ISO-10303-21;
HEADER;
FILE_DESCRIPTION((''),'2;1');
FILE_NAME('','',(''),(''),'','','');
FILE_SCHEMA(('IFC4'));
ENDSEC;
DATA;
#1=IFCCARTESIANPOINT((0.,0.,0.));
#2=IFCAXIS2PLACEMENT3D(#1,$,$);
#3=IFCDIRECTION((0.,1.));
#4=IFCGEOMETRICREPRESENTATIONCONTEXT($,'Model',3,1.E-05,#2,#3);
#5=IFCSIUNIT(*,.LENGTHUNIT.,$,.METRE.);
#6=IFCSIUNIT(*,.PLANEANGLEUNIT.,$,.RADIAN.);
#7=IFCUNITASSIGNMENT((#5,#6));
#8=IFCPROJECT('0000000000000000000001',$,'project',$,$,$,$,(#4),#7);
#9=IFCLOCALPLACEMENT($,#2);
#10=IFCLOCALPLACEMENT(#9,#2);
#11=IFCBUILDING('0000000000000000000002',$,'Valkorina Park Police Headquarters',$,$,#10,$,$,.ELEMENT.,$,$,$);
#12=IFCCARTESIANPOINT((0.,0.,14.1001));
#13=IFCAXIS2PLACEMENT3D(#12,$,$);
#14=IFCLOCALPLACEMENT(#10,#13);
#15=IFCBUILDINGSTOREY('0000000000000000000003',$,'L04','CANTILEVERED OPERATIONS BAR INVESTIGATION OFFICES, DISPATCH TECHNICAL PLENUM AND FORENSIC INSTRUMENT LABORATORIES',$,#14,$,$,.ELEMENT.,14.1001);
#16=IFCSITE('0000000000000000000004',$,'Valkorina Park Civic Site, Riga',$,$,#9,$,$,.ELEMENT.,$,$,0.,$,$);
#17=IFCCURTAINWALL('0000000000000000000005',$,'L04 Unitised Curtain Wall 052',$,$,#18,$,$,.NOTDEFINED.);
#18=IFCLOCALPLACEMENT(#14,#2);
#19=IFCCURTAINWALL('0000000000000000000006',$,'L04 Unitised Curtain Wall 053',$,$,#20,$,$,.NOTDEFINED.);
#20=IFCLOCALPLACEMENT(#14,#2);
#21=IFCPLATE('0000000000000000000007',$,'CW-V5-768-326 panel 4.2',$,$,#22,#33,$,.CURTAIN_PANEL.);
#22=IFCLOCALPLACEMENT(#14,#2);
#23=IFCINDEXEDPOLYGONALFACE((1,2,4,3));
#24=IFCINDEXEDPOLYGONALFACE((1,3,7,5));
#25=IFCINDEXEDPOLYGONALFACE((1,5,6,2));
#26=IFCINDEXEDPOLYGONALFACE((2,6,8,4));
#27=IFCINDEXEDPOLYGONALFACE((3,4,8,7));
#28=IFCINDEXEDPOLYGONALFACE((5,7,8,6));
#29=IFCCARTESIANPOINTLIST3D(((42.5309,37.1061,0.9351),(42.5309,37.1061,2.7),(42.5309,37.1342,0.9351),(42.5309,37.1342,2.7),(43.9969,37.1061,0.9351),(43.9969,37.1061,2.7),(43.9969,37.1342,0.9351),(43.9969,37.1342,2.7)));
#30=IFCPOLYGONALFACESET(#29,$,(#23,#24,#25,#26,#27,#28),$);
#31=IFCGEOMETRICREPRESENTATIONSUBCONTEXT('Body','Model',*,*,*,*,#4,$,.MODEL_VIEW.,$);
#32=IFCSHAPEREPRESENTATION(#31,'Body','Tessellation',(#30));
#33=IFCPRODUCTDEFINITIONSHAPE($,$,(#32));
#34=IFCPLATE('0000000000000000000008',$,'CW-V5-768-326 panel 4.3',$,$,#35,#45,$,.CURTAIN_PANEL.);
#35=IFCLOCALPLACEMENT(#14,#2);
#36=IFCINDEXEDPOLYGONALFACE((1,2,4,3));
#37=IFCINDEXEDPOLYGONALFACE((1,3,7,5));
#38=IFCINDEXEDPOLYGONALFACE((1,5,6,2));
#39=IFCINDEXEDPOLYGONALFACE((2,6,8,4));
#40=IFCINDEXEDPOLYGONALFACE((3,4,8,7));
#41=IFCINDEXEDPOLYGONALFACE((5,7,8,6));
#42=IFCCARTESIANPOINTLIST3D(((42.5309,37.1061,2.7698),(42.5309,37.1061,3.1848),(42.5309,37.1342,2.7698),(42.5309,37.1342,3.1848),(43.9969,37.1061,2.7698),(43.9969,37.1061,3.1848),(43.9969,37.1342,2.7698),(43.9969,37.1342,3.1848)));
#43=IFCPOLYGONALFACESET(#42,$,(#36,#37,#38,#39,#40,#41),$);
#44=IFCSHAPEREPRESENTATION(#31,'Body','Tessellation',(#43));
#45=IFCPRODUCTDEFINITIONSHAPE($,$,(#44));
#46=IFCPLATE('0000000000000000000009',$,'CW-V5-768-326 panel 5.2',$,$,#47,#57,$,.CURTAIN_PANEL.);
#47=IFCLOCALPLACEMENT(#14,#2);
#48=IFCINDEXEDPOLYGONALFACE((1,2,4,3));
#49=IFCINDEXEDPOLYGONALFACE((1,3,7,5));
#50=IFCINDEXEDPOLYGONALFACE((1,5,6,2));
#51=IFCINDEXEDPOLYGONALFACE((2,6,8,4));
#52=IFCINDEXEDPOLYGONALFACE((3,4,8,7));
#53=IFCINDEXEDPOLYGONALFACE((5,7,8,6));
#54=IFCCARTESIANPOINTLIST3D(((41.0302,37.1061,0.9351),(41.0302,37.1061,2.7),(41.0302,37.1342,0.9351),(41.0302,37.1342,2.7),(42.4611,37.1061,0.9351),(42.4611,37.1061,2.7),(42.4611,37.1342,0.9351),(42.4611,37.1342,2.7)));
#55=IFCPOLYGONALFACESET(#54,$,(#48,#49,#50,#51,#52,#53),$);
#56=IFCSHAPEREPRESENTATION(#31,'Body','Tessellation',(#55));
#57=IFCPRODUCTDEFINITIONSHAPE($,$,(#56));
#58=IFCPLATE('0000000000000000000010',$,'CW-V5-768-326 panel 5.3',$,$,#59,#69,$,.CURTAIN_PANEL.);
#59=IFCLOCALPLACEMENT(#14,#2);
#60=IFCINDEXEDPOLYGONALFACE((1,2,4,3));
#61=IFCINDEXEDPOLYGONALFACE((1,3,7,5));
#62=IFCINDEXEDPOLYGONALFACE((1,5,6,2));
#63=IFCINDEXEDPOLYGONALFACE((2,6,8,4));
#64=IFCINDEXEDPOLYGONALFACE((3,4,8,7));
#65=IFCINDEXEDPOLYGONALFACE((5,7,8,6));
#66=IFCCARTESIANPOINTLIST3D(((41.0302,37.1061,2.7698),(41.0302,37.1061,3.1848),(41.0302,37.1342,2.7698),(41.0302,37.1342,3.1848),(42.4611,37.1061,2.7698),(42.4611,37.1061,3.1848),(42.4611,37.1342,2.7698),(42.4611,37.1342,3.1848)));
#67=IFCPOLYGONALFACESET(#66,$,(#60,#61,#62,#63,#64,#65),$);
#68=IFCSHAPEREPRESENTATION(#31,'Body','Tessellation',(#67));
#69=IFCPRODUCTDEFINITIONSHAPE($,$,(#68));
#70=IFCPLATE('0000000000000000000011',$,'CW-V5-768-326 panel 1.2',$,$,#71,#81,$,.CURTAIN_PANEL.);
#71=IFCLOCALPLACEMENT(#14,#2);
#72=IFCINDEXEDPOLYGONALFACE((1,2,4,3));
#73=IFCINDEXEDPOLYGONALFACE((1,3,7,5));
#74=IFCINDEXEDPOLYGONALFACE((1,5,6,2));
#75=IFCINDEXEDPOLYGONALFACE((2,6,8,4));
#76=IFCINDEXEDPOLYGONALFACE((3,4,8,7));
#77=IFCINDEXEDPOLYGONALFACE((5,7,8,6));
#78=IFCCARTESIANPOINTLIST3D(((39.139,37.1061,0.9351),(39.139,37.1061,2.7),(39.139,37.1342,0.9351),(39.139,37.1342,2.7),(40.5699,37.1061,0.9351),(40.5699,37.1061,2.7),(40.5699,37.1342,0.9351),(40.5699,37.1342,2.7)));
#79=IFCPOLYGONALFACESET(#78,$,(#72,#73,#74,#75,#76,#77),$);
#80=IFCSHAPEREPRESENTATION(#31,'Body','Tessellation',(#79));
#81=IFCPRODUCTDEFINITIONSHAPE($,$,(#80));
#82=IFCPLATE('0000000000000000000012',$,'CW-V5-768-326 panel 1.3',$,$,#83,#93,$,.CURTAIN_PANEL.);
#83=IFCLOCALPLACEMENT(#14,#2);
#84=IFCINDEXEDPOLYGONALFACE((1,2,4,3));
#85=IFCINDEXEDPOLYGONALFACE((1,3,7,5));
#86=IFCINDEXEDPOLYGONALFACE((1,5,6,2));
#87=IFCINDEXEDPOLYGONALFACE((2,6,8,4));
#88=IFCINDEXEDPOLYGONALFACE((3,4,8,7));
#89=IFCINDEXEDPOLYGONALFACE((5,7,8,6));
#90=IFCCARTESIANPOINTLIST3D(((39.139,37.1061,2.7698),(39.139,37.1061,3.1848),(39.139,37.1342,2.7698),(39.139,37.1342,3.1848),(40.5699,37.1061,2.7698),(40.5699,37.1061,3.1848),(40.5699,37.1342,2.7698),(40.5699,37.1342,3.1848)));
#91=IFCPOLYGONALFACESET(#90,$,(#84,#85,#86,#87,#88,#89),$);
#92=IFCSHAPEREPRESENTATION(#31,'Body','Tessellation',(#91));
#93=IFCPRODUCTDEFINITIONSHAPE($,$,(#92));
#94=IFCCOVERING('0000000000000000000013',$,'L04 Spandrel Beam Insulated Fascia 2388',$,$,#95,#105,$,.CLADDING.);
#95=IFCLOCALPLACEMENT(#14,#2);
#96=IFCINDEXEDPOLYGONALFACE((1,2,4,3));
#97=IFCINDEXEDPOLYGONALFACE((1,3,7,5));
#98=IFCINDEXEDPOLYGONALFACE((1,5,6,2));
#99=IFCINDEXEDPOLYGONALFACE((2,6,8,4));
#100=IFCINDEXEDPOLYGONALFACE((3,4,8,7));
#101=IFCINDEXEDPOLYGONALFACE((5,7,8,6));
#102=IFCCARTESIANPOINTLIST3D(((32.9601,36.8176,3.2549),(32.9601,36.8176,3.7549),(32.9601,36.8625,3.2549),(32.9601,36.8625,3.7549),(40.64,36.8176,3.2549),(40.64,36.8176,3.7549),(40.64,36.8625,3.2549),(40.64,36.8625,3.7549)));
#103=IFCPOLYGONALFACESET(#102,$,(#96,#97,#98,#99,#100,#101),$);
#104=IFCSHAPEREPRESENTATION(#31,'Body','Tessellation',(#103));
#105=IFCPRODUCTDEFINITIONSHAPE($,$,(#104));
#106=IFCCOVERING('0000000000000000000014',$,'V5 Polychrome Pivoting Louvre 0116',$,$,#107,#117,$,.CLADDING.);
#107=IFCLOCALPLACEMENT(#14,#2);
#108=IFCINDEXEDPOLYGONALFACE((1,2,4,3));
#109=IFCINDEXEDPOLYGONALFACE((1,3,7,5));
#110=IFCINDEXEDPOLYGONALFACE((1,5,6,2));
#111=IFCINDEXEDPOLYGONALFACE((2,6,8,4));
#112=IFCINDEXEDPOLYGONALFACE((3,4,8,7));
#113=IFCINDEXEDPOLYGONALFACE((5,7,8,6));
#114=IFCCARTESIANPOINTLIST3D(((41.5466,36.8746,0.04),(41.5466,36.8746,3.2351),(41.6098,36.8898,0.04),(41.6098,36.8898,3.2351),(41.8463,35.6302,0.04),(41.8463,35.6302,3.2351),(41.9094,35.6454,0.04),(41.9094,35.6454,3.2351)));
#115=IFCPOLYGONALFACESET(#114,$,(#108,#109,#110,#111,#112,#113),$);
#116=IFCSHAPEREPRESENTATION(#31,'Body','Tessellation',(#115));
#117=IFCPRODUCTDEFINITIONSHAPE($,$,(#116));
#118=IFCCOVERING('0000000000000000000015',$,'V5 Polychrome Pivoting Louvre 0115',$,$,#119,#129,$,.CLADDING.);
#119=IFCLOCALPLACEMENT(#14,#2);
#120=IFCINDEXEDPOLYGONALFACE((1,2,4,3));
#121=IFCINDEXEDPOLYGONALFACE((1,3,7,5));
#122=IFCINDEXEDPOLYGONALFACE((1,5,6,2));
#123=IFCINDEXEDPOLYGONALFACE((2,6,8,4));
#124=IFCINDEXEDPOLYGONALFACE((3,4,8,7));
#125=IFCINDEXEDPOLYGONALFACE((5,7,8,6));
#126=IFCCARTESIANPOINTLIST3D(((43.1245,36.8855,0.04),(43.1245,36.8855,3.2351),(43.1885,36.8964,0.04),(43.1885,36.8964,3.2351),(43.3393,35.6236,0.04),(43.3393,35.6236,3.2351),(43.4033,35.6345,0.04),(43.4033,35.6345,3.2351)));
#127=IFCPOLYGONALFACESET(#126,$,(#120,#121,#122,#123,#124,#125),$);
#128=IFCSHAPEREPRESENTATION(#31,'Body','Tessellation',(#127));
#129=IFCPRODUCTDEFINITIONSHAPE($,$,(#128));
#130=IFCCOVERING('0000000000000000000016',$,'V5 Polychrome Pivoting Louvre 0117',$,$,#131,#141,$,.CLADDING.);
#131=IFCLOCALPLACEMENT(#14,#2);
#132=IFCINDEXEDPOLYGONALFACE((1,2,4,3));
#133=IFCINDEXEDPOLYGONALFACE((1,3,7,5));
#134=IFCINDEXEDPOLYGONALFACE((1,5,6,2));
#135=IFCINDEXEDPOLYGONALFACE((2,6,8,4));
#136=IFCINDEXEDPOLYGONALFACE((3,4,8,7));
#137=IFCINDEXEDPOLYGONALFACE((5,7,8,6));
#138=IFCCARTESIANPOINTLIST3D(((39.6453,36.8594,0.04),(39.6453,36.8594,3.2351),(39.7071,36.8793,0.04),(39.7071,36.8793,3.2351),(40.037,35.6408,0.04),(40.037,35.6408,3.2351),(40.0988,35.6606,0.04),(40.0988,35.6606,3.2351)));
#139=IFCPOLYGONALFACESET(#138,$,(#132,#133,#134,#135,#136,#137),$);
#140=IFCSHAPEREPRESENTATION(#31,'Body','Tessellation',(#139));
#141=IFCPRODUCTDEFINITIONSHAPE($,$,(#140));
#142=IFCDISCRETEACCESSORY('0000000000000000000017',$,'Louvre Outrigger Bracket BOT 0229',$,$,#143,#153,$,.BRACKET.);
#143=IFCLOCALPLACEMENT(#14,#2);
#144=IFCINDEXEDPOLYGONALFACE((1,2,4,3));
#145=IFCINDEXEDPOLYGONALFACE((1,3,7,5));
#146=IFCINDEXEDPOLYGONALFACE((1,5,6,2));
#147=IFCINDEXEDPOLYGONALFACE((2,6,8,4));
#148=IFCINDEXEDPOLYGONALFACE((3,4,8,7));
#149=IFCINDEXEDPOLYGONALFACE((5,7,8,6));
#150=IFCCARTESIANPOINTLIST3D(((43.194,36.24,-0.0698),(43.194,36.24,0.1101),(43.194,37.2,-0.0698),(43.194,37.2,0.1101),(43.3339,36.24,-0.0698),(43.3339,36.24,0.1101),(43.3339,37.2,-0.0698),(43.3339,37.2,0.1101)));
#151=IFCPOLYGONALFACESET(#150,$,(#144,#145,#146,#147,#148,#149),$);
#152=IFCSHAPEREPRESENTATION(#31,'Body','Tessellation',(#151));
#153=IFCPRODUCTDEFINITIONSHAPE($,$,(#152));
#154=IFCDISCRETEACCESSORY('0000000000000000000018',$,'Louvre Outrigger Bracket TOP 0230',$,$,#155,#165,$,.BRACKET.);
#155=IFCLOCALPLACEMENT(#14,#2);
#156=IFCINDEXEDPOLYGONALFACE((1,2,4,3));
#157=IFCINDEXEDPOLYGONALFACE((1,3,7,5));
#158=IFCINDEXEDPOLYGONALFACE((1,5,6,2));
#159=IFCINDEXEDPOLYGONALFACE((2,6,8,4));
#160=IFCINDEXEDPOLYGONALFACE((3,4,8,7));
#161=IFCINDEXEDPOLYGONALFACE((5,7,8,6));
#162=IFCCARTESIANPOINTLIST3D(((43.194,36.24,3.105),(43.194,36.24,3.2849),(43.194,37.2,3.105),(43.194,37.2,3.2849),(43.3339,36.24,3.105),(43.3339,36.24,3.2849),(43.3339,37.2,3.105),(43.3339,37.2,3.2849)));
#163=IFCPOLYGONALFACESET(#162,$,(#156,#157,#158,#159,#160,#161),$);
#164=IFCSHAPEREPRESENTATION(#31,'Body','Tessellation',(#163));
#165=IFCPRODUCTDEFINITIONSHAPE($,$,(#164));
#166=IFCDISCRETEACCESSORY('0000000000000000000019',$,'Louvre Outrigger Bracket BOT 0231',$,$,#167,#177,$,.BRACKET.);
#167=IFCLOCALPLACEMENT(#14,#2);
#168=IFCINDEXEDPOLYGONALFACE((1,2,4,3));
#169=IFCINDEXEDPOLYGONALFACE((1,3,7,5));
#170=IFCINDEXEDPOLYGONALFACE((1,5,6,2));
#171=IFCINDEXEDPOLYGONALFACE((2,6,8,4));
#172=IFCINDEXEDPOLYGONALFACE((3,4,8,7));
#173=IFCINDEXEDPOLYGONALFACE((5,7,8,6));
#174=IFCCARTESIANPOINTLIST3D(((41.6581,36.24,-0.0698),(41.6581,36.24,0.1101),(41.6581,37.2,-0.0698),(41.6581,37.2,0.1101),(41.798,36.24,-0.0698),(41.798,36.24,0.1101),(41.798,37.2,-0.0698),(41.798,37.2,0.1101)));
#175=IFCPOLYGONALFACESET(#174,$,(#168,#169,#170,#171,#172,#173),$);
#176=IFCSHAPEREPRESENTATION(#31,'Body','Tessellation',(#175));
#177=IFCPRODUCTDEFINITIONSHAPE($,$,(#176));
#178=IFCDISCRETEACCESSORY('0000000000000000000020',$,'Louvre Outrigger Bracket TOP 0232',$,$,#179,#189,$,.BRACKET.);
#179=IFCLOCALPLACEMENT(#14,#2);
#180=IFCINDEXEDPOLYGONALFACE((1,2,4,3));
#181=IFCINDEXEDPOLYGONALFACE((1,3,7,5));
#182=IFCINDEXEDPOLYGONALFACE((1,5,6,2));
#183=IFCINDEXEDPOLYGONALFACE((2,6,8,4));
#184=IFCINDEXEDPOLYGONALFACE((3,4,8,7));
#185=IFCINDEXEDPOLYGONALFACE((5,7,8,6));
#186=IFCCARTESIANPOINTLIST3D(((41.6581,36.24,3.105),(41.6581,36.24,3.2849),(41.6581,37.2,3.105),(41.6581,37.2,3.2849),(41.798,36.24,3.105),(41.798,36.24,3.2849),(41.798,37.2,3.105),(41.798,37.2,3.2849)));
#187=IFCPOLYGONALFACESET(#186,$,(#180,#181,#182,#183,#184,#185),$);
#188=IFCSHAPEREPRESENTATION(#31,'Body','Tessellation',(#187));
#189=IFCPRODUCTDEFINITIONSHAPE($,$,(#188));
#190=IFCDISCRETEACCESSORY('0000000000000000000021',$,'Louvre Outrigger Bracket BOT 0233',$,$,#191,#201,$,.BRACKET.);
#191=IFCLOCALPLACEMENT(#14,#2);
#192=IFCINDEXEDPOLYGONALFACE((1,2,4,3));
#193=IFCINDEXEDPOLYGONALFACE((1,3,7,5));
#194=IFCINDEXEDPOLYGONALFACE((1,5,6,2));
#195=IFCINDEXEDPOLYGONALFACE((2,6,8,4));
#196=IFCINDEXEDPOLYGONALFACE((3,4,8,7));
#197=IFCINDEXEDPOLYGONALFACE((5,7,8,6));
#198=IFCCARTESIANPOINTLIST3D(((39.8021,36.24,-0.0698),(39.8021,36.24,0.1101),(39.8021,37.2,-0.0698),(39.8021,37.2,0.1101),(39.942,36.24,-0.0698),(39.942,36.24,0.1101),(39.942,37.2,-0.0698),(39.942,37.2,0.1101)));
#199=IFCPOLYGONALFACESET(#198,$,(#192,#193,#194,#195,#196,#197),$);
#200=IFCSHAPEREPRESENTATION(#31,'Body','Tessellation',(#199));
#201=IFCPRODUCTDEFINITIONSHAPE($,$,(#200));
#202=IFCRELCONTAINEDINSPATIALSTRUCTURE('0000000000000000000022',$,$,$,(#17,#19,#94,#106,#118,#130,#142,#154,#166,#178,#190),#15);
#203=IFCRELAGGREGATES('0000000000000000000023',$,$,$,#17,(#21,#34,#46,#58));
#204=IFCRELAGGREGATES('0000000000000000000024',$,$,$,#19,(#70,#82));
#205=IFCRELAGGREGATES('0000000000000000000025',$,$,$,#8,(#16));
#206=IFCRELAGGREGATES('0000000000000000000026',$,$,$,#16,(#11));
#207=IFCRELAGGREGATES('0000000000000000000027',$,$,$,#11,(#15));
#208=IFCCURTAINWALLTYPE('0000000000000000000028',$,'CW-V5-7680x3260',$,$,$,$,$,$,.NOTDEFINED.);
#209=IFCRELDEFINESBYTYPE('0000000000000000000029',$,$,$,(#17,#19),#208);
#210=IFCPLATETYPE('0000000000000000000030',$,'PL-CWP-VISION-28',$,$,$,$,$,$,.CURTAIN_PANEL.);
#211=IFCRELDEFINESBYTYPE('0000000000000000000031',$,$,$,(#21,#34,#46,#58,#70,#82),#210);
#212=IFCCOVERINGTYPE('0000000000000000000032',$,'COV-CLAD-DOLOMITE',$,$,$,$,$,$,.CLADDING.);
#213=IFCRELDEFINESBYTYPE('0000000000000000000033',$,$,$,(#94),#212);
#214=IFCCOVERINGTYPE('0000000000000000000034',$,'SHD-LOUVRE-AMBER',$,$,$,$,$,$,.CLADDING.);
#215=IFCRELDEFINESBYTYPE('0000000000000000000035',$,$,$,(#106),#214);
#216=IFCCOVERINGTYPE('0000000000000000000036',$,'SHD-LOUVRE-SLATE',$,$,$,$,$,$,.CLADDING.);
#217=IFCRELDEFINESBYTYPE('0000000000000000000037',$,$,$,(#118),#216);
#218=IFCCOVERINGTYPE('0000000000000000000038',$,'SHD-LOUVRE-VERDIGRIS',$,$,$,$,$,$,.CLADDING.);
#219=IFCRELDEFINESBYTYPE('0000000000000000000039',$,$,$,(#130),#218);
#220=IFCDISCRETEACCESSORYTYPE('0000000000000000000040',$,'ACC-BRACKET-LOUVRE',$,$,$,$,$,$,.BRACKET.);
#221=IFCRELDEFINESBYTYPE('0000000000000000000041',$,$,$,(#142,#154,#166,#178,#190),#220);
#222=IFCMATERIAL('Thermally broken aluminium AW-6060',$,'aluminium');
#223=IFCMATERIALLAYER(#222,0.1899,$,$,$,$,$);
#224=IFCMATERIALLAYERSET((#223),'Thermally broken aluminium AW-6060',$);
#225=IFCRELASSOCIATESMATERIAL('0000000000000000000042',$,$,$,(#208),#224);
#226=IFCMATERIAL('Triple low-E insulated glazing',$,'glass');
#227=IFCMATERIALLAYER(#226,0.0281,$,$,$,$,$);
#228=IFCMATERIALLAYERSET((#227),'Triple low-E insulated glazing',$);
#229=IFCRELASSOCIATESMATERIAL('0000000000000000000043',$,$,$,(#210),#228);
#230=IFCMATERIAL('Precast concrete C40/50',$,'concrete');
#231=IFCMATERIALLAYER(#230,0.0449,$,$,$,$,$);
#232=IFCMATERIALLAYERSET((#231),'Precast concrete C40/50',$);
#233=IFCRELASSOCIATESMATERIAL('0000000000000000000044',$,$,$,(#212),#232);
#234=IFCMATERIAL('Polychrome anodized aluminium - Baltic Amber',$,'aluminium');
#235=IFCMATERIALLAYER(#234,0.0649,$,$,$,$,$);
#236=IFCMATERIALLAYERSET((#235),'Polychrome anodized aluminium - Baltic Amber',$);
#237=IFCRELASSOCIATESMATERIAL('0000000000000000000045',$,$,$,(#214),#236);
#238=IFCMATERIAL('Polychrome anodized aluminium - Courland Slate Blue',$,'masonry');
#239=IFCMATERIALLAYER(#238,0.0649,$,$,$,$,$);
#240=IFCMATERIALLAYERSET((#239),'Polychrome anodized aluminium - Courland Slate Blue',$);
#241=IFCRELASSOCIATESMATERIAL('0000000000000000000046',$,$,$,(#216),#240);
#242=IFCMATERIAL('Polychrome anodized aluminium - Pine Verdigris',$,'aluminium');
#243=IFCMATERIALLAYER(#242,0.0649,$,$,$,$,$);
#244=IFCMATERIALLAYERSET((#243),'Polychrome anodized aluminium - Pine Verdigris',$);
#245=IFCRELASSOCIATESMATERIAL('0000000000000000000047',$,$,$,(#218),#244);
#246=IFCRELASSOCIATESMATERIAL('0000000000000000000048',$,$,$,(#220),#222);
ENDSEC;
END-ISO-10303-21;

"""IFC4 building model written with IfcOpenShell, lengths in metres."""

from ifc_helpers import new_model, si_unit, direction, frame, frame_2d, origin, origin_2d, place, context, subcontext, project, spatial, rectangle, extrude, material, layer, layer_set, type_object, element, aggregate, save


model = new_model("IFC4")

# Units and contexts
model_context = context("Model", 3, precision=1e-05, world=origin(), true_north=direction((0.0, 1.0)))
body_context = subcontext(model_context, "Body", "Model", "MODEL_VIEW")
ifc_project = project(units=[si_unit("LENGTHUNIT", "METRE"), si_unit("PLANEANGLEUNIT", "RADIAN")], contexts=[model_context])

# Site, building, storey
site_placement = place(None, origin())
site = spatial("IfcSite", under=ifc_project, at=site_placement, Name="Valkorina Park Civic Site, Riga", CompositionType="ELEMENT", RefElevation=0.0)
building_placement = place(site_placement, origin())
building = spatial("IfcBuilding", under=site, at=building_placement, Name="Valkorina Park Police Headquarters", CompositionType="ELEMENT")
storey_placement = place(building_placement, frame((0.0, 0.0, 14.1001)))
storey = spatial("IfcBuildingStorey", under=building, at=storey_placement, Name="L04", Description="CANTILEVERED OPERATIONS BAR INVESTIGATION OFFICES, DISPATCH TECHNICAL PLENUM AND FORENSIC INSTRUMENT LABORATORIES", CompositionType="ELEMENT", Elevation=14.1001)

# Curtain walls
ifc_material_1 = material(Name="Thermally broken aluminium AW-6060", Category="aluminium")
ifc_layer_1 = layer(ifc_material_1, 0.1899)
ifc_layer_set_1 = layer_set([ifc_layer_1], Name="Thermally broken aluminium AW-6060")
curtain_wall_type = type_object("IfcCurtainWallType", Name="CW-V5-7680x3260", PredefinedType="NOTDEFINED", material=ifc_layer_set_1)
curtain_wall_1_placement = place(storey_placement, origin())
curtain_wall_1 = element("IfcCurtainWall", 1, at=curtain_wall_1_placement, inside=storey, type_object=curtain_wall_type, Name="L04 Unitised Curtain Wall 052", PredefinedType="NOTDEFINED")
curtain_wall_2_placement = place(storey_placement, origin())
curtain_wall_2 = element("IfcCurtainWall", 2, at=curtain_wall_2_placement, inside=storey, type_object=curtain_wall_type, Name="L04 Unitised Curtain Wall 053", PredefinedType="NOTDEFINED")

# Plates
ifc_material_2 = material(Name="Triple low-E insulated glazing", Category="glass")
ifc_layer_2 = layer(ifc_material_2, 0.0281)
ifc_layer_set_2 = layer_set([ifc_layer_2], Name="Triple low-E insulated glazing")
plate_type_1 = type_object("IfcPlateType", Name="PL-CWP-VISION-28", PredefinedType="CURTAIN_PANEL", material=ifc_layer_set_2)
plate_1_placement = place(storey_placement, frame((43.2639, 37.1201, 0.9351), z_axis=(0.0, 0.0, 1.0), x_axis=(-1.0, 0.0, 0.0)))
plate_1 = element("IfcPlate", 3, at=plate_1_placement, type_object=plate_type_1, Name="CW-V5-768-326 panel 4.2", PredefinedType="CURTAIN_PANEL", context=body_context, shape_type="SweptSolid", body=[
    extrude(rectangle(XDim=1.4661, YDim=0.0281, at=origin_2d()), origin(), (0.0, 0.0, 1.0), 1.7649),
])
plate_2_placement = place(storey_placement, frame((43.2639, 37.1201, 2.7698), z_axis=(0.0, 0.0, 1.0), x_axis=(-1.0, 0.0, 0.0)))
plate_2 = element("IfcPlate", 4, at=plate_2_placement, type_object=plate_type_1, Name="CW-V5-768-326 panel 4.3", PredefinedType="CURTAIN_PANEL", context=body_context, shape_type="SweptSolid", body=[
    extrude(rectangle(XDim=1.4661, YDim=0.0281, at=origin_2d()), origin(), (0.0, 0.0, 1.0), 0.415),
])
plate_3_placement = place(storey_placement, frame((41.7456, 37.1201, 0.9351), z_axis=(0.0, 0.0, 1.0), x_axis=(-1.0, 0.0, 0.0)))
plate_3 = element("IfcPlate", 5, at=plate_3_placement, type_object=plate_type_1, Name="CW-V5-768-326 panel 5.2", PredefinedType="CURTAIN_PANEL", context=body_context, shape_type="SweptSolid", body=[
    extrude(rectangle(XDim=1.4309, YDim=0.0281, at=origin_2d()), origin(), (0.0, 0.0, 1.0), 1.7649),
])
plate_4_placement = place(storey_placement, frame((41.7456, 37.1201, 2.7698), z_axis=(0.0, 0.0, 1.0), x_axis=(-1.0, 0.0, 0.0)))
plate_4 = element("IfcPlate", 6, at=plate_4_placement, type_object=plate_type_1, Name="CW-V5-768-326 panel 5.3", PredefinedType="CURTAIN_PANEL", context=body_context, shape_type="SweptSolid", body=[
    extrude(rectangle(XDim=1.4309, YDim=0.0281, at=origin_2d()), origin(), (0.0, 0.0, 1.0), 0.415),
])
aggregate(curtain_wall_1, [plate_1, plate_2, plate_3, plate_4])
plate_5_placement = place(storey_placement, frame((39.8545, 37.1201, 0.9351), z_axis=(0.0, 0.0, 1.0), x_axis=(-1.0, 0.0, 0.0)))
plate_5 = element("IfcPlate", 7, at=plate_5_placement, type_object=plate_type_1, Name="CW-V5-768-326 panel 1.2", PredefinedType="CURTAIN_PANEL", context=body_context, shape_type="SweptSolid", body=[
    extrude(rectangle(XDim=1.4309, YDim=0.0281, at=origin_2d()), origin(), (0.0, 0.0, 1.0), 1.7649),
])
plate_6_placement = place(storey_placement, frame((39.8545, 37.1201, 2.7698), z_axis=(0.0, 0.0, 1.0), x_axis=(-1.0, 0.0, 0.0)))
plate_6 = element("IfcPlate", 8, at=plate_6_placement, type_object=plate_type_1, Name="CW-V5-768-326 panel 1.3", PredefinedType="CURTAIN_PANEL", context=body_context, shape_type="SweptSolid", body=[
    extrude(rectangle(XDim=1.4309, YDim=0.0281, at=origin_2d()), origin(), (0.0, 0.0, 1.0), 0.415),
])
aggregate(curtain_wall_2, [plate_5, plate_6])

# Coverings
ifc_material_3 = material(Name="Precast concrete C40/50", Category="concrete")
ifc_layer_3 = layer(ifc_material_3, 0.0449)
ifc_layer_set_3 = layer_set([ifc_layer_3], Name="Precast concrete C40/50")
covering_type_1 = type_object("IfcCoveringType", Name="COV-CLAD-DOLOMITE", PredefinedType="CLADDING", material=ifc_layer_set_3)
covering_1_placement = place(storey_placement, frame((40.6399, 36.8401, 3.2549), z_axis=(0.0, 0.0, 1.0), x_axis=(-1.0, 0.0, 0.0)))
element("IfcCovering", 9, at=covering_1_placement, inside=storey, type_object=covering_type_1, Name="L04 Spandrel Beam Insulated Fascia 2388", PredefinedType="CLADDING", context=body_context, shape_type="SweptSolid", body=[
    extrude(rectangle(XDim=7.6799, YDim=0.0449, at=frame_2d((3.8398, 0.0))), origin(), (0.0, 0.0, 1.0), 0.5),
])
ifc_material_4 = material(Name="Polychrome anodized aluminium - Baltic Amber", Category="aluminium")
ifc_layer_4 = layer(ifc_material_4, 0.0649)
ifc_layer_set_4 = layer_set([ifc_layer_4], Name="Polychrome anodized aluminium - Baltic Amber")
covering_type_2 = type_object("IfcCoveringType", Name="SHD-LOUVRE-AMBER", PredefinedType="CLADDING", material=ifc_layer_set_4)
covering_2_placement = place(storey_placement, frame((41.728, 36.26, 0.04), z_axis=(0.0, 0.0, 1.0), x_axis=(0.234124, -0.972207, 0.0)))
element("IfcCovering", 10, at=covering_2_placement, inside=storey, type_object=covering_type_2, Name="V5 Polychrome Pivoting Louvre 0116", PredefinedType="CLADDING", context=body_context, shape_type="SweptSolid", body=[
    extrude(rectangle(XDim=1.28, YDim=0.0649, at=origin_2d()), origin(), (0.0, 0.0, 1.0), 3.1951),
])
ifc_material_5 = material(Name="Polychrome anodized aluminium - Courland Slate Blue", Category="masonry")
ifc_layer_5 = layer(ifc_material_5, 0.0649)
ifc_layer_set_5 = layer_set([ifc_layer_5], Name="Polychrome anodized aluminium - Courland Slate Blue")
covering_type_3 = type_object("IfcCoveringType", Name="SHD-LOUVRE-SLATE", PredefinedType="CLADDING", material=ifc_layer_set_5)
covering_3_placement = place(storey_placement, frame((43.2639, 36.26, 0.04), z_axis=(0.0, 0.0, 1.0), x_axis=(0.167801, -0.985821, 0.0)))
element("IfcCovering", 11, at=covering_3_placement, inside=storey, type_object=covering_type_3, Name="V5 Polychrome Pivoting Louvre 0115", PredefinedType="CLADDING", context=body_context, shape_type="SweptSolid", body=[
    extrude(rectangle(XDim=1.28, YDim=0.0649, at=origin_2d()), origin(), (0.0, 0.0, 1.0), 3.1951),
])
ifc_material_6 = material(Name="Polychrome anodized aluminium - Pine Verdigris", Category="aluminium")
ifc_layer_6 = layer(ifc_material_6, 0.0649)
ifc_layer_set_6 = layer_set([ifc_layer_6], Name="Polychrome anodized aluminium - Pine Verdigris")
covering_type_4 = type_object("IfcCoveringType", Name="SHD-LOUVRE-VERDIGRIS", PredefinedType="CLADDING", material=ifc_layer_set_6)
covering_4_placement = place(storey_placement, frame((39.8721, 36.26, 0.04), z_axis=(0.0, 0.0, 1.0), x_axis=(0.306028, -0.952023, 0.0)))
element("IfcCovering", 12, at=covering_4_placement, inside=storey, type_object=covering_type_4, Name="V5 Polychrome Pivoting Louvre 0117", PredefinedType="CLADDING", context=body_context, shape_type="SweptSolid", body=[
    extrude(rectangle(XDim=1.28, YDim=0.0649, at=origin_2d()), origin(), (0.0, 0.0, 1.0), 3.1951),
])

# Discrete accessories
discrete_accessory_type = type_object("IfcDiscreteAccessoryType", Name="ACC-BRACKET-LOUVRE", PredefinedType="BRACKET", material=ifc_material_1)
for number, where, z_axis, x_axis, name in (
    (13, (43.2639, 36.72, -0.0698), (0.0, 0.0, 1.0), (0.0, -1.0, 0.0), "Louvre Outrigger Bracket BOT 0229"),
    (14, (43.2639, 36.72, 3.105), (0.0, 0.0, 1.0), (0.0, -1.0, 0.0), "Louvre Outrigger Bracket TOP 0230"),
    (15, (41.728, 36.72, -0.0698), (0.0, 0.0, 1.0), (0.0, -1.0, 0.0), "Louvre Outrigger Bracket BOT 0231"),
    (16, (41.728, 36.72, 3.105), (0.0, 0.0, 1.0), (0.0, -1.0, 0.0), "Louvre Outrigger Bracket TOP 0232"),
    (17, (39.8721, 36.72, -0.0698), (0.0, 0.0, 1.0), (0.0, -1.0, 0.0), "Louvre Outrigger Bracket BOT 0233"),
):
    element("IfcDiscreteAccessory", number, at=place(storey_placement, frame(where, z_axis=z_axis, x_axis=x_axis)), inside=storey, type_object=discrete_accessory_type, Name=name, PredefinedType="BRACKET", context=body_context, shape_type="SweptSolid", body=[
        extrude(rectangle(XDim=0.96, YDim=0.1399, at=origin_2d()), origin(), (0.0, 0.0, 1.0), 0.1799),
    ])

save(model, "model.ifc")
